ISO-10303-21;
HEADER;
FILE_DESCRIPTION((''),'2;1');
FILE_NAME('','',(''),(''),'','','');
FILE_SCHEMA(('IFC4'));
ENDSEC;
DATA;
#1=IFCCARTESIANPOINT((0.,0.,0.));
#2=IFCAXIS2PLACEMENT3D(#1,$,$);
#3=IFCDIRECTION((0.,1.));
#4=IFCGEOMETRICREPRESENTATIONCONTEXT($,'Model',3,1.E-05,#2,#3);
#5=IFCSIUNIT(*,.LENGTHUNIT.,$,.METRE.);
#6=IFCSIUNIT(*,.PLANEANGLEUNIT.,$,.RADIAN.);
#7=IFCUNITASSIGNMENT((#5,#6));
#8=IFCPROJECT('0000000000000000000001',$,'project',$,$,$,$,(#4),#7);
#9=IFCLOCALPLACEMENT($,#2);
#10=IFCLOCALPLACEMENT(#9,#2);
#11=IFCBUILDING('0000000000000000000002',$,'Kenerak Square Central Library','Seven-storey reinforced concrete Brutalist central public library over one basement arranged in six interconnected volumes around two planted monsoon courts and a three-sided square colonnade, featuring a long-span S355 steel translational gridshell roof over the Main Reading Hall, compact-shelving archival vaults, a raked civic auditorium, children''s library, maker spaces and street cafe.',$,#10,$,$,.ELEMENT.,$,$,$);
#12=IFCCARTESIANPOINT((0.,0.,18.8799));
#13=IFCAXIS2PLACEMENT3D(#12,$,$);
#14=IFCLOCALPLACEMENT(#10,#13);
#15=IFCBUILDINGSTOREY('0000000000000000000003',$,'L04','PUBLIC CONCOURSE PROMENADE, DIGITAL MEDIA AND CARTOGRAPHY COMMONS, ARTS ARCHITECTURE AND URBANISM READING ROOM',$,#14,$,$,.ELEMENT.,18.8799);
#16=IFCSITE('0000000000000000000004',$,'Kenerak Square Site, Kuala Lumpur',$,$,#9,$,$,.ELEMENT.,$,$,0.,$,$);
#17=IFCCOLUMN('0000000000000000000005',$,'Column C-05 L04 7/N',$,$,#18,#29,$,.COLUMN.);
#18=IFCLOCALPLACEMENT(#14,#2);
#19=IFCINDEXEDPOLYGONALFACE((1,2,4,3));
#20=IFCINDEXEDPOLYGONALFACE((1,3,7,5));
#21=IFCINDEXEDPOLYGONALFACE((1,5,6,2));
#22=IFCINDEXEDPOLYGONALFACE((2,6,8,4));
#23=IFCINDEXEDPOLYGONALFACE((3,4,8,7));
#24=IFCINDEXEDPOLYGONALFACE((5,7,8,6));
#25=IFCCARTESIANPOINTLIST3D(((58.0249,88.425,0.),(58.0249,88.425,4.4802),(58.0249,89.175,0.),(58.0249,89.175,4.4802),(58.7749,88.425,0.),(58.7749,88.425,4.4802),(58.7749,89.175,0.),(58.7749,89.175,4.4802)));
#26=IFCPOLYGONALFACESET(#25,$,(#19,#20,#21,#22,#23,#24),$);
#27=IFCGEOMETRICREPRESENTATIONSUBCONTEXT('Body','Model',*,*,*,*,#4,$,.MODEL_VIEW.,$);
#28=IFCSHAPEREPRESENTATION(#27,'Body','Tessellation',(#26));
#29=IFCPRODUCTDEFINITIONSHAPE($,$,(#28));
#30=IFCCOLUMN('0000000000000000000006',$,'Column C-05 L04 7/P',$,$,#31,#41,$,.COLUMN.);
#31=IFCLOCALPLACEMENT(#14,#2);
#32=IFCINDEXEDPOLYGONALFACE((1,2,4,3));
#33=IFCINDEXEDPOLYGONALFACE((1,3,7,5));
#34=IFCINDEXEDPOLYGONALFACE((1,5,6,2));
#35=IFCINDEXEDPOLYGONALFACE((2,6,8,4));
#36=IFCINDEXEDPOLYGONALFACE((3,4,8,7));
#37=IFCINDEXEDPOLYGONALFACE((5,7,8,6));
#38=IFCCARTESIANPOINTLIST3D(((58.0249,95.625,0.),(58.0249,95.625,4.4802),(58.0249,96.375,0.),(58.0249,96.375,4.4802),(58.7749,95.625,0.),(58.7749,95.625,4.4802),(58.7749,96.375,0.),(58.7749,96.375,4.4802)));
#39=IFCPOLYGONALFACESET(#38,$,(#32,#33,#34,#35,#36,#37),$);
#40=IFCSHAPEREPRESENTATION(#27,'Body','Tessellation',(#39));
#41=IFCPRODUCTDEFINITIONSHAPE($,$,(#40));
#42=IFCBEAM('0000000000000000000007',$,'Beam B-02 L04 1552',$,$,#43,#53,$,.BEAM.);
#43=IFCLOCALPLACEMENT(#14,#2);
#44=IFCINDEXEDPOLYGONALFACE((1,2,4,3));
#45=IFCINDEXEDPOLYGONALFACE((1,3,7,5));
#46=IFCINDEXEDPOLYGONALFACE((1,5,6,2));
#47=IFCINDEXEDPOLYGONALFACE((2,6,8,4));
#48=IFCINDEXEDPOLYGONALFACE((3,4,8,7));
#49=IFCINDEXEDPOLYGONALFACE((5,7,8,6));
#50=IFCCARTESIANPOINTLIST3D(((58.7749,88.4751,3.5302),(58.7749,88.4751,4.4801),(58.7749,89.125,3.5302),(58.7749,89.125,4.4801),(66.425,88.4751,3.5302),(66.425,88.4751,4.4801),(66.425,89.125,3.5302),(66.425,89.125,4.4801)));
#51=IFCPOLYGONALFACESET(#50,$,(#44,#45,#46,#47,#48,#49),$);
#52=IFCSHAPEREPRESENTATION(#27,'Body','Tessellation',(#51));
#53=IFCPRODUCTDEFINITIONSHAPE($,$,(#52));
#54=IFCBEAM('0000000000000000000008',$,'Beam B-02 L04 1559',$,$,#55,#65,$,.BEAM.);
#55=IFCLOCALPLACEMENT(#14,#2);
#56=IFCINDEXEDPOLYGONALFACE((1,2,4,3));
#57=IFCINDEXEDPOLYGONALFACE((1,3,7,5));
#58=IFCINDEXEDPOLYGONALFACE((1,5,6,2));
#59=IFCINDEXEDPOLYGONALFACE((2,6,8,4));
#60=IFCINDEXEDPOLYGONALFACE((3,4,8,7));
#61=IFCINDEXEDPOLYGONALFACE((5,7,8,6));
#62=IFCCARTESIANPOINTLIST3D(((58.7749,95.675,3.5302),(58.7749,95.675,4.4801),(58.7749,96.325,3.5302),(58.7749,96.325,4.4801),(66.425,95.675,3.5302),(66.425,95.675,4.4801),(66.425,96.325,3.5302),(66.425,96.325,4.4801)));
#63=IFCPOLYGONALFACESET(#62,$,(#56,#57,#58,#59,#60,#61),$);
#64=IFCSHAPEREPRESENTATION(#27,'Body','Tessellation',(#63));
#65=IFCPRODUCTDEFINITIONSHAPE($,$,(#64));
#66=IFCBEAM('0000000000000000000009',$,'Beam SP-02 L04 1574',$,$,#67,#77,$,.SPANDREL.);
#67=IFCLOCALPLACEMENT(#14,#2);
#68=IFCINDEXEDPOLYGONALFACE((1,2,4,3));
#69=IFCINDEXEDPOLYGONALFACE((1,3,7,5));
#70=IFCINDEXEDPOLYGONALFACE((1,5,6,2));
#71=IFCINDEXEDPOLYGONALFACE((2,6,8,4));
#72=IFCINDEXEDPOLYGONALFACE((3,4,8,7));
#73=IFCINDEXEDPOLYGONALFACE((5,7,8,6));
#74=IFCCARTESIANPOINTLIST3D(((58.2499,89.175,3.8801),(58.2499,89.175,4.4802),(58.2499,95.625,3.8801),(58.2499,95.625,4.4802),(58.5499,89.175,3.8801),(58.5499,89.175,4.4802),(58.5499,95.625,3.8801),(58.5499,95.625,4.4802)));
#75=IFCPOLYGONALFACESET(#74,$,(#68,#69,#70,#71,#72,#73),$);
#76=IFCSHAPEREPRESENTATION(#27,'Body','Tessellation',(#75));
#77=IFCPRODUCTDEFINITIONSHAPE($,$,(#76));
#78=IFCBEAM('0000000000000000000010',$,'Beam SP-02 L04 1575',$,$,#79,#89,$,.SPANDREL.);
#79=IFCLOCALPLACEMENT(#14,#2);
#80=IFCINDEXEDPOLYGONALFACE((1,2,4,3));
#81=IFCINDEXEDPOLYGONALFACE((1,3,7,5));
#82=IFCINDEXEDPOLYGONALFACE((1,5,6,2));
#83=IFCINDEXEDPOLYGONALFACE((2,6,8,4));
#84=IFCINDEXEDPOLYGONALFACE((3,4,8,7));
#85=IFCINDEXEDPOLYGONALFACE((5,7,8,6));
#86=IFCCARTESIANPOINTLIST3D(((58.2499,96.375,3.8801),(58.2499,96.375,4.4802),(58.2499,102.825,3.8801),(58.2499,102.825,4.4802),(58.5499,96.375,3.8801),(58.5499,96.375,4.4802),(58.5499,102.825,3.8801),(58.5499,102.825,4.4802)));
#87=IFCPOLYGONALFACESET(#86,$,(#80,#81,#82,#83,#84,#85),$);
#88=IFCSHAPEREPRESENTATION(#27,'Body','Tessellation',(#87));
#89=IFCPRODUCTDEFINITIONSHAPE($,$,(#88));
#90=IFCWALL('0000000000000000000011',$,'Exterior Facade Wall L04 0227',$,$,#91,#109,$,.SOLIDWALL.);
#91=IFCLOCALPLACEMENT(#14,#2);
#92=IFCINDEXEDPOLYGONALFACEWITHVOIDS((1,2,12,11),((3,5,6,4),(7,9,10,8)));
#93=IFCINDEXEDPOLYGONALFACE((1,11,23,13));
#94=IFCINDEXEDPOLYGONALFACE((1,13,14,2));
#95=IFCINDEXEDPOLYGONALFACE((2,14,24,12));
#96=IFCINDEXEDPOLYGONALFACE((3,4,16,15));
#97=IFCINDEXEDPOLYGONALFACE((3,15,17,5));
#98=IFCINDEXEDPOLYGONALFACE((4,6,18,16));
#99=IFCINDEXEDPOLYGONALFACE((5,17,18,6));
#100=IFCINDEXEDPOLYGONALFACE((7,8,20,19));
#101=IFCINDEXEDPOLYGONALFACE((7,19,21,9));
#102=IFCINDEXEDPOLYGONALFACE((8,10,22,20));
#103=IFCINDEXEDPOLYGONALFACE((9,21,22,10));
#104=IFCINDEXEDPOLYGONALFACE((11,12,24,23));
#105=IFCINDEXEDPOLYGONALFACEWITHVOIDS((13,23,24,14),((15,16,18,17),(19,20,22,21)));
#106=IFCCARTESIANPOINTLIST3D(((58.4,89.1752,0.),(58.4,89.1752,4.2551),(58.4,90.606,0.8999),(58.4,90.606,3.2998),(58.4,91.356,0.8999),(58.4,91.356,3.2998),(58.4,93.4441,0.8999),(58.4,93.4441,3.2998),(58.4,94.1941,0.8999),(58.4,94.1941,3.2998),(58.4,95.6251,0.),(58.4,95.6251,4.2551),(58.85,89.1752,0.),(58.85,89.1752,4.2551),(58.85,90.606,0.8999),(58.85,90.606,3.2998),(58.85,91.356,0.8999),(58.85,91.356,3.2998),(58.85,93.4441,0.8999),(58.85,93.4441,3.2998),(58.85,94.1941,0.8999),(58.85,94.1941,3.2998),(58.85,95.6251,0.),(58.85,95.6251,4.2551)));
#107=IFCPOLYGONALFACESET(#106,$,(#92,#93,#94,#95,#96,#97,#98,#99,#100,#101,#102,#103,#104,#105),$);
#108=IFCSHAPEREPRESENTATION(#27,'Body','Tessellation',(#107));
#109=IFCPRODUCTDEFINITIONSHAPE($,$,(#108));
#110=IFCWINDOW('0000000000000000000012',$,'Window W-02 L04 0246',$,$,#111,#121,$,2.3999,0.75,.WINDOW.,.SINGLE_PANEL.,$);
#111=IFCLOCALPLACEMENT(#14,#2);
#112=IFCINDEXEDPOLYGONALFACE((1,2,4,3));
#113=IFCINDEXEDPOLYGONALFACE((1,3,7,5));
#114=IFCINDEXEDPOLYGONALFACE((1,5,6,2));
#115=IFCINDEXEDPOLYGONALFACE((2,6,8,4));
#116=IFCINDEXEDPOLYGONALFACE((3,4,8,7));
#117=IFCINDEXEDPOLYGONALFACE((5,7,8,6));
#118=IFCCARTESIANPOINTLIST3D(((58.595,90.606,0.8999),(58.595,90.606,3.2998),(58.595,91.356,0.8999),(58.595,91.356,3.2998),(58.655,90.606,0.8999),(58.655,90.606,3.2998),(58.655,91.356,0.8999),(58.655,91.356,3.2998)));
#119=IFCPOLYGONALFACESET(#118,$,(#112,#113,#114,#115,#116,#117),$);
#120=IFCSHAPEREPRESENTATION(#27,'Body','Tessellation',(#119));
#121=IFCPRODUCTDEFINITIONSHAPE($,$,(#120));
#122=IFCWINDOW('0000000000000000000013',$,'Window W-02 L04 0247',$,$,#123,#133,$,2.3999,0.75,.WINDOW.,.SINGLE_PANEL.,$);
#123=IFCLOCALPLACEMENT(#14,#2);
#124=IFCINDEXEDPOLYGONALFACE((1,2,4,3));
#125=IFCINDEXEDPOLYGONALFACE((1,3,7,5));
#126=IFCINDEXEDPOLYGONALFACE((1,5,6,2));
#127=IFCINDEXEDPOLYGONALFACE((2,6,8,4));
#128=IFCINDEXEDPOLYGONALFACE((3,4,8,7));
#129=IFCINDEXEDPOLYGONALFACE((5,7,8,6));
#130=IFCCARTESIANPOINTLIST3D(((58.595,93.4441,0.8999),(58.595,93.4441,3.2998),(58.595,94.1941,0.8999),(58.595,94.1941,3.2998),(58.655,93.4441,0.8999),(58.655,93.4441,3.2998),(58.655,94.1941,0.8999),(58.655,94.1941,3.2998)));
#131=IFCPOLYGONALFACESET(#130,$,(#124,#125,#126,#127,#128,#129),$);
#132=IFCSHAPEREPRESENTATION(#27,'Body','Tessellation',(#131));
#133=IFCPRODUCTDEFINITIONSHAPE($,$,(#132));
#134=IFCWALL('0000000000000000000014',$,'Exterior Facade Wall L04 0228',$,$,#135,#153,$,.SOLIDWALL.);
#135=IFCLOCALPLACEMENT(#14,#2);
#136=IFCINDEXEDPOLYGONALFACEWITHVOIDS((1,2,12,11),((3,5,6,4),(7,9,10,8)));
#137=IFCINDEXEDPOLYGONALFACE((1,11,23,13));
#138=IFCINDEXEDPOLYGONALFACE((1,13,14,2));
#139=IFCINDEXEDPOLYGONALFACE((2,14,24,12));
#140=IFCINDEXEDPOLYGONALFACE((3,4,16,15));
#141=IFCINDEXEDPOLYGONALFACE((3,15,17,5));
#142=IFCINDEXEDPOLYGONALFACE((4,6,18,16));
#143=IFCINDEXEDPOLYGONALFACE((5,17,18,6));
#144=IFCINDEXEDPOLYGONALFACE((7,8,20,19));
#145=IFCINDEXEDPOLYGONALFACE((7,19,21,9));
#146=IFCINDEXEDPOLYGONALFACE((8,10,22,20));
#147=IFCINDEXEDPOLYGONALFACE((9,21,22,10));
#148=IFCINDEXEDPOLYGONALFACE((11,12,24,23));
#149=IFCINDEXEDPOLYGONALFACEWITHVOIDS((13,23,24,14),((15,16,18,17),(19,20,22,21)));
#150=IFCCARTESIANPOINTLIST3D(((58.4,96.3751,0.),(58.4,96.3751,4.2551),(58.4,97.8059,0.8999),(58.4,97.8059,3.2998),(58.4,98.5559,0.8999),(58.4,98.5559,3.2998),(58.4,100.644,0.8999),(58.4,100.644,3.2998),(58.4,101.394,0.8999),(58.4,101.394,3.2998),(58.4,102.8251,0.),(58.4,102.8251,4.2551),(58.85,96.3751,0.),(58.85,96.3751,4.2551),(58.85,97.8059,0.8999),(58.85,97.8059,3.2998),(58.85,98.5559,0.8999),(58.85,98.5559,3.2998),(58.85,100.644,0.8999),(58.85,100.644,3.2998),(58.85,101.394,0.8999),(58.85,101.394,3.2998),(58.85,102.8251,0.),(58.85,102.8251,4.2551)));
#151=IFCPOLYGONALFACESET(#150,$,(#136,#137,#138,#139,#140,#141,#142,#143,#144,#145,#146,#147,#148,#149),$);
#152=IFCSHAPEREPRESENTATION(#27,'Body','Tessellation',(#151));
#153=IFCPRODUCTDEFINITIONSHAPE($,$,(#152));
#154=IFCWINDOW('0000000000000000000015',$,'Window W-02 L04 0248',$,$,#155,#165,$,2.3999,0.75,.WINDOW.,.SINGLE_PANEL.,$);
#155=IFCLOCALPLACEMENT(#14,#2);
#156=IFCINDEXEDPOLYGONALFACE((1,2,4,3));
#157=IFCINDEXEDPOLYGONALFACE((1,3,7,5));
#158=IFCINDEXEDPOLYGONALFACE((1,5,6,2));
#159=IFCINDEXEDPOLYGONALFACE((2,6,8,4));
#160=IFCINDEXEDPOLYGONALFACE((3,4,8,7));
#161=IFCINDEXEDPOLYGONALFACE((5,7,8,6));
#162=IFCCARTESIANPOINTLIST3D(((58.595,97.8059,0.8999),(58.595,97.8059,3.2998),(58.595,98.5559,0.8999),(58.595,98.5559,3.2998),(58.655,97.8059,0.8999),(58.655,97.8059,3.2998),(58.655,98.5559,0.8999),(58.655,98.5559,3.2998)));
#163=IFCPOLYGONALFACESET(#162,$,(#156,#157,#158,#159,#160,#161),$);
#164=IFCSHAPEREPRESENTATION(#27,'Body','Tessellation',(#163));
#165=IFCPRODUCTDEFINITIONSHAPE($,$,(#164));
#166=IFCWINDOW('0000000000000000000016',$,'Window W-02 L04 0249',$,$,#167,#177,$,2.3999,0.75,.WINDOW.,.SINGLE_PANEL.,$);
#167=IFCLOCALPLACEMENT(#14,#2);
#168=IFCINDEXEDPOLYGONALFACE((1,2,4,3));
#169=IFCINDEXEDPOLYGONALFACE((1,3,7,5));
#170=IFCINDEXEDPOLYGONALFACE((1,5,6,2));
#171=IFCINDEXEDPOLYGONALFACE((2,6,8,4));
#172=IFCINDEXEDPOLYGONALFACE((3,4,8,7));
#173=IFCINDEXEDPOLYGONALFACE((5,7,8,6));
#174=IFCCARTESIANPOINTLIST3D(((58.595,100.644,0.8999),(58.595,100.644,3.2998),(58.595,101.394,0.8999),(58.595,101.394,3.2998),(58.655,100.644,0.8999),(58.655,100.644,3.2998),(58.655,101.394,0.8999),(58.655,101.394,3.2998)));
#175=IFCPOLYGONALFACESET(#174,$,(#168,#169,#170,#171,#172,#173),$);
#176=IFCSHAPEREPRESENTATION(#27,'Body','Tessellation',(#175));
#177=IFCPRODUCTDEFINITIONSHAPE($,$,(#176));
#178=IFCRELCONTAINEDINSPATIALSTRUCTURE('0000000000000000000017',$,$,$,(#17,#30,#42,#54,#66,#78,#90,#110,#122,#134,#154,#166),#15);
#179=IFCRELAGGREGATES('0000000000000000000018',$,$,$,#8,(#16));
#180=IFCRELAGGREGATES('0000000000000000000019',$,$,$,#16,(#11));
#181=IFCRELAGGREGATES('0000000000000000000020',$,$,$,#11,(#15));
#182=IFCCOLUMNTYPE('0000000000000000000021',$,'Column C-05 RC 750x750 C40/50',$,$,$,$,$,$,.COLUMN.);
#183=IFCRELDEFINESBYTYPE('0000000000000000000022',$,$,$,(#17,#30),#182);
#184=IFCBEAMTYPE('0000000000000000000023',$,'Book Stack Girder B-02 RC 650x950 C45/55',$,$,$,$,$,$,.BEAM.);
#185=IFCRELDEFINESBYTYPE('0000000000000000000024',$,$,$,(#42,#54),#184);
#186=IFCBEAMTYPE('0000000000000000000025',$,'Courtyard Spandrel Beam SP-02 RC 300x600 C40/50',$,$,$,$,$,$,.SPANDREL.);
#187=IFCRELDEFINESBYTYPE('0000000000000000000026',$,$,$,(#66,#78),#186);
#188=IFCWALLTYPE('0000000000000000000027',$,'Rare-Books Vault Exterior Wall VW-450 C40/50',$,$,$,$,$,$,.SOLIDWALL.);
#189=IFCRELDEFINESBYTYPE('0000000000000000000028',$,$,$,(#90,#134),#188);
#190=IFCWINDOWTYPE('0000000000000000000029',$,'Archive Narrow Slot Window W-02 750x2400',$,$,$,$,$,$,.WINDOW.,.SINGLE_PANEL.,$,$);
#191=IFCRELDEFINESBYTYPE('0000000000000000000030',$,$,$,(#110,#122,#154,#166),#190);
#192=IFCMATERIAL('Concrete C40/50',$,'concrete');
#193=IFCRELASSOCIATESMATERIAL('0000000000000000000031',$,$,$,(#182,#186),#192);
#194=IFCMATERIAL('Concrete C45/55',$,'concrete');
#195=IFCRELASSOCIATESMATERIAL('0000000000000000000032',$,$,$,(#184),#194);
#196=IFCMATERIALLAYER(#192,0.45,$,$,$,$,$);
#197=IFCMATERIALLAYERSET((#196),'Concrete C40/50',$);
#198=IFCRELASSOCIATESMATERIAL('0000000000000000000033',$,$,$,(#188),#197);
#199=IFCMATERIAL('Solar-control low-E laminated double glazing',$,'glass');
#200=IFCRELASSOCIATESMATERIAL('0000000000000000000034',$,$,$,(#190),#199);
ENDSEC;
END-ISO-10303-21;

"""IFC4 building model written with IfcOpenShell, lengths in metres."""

from ifc_helpers import new_model, si_unit, direction, frame, frame_2d, origin, origin_2d, place, context, subcontext, project, spatial, rectangle, extrude, material, layer, layer_set, material_profile, profile_set, type_object, element, fill, save


model = new_model("IFC4")

# Units and contexts
model_context = context("Model", 3, precision=1e-05, world=origin(), true_north=direction((0.0, 1.0)))
body_context = subcontext(model_context, "Body", "Model", "MODEL_VIEW")
ifc_project = project(units=[si_unit("LENGTHUNIT", "METRE"), si_unit("PLANEANGLEUNIT", "RADIAN")], contexts=[model_context])

# Site, building, storey
site_placement = place(None, origin())
site = spatial("IfcSite", under=ifc_project, at=site_placement, Name="Kenerak Square Site, Kuala Lumpur", CompositionType="ELEMENT", RefElevation=0.0)
building_placement = place(site_placement, origin())
building = spatial("IfcBuilding", under=site, at=building_placement, Name="Kenerak Square Central Library", Description="Seven-storey reinforced concrete Brutalist central public library over one basement arranged in six interconnected volumes around two planted monsoon courts and a three-sided square colonnade, featuring a long-span S355 steel translational gridshell roof over the Main Reading Hall, compact-shelving archival vaults, a raked civic auditorium, children's library, maker spaces and street cafe.", CompositionType="ELEMENT")
storey_placement = place(building_placement, frame((0.0, 0.0, 18.8799)))
storey = spatial("IfcBuildingStorey", under=building, at=storey_placement, Name="L04", Description="PUBLIC CONCOURSE PROMENADE, DIGITAL MEDIA AND CARTOGRAPHY COMMONS, ARTS ARCHITECTURE AND URBANISM READING ROOM", CompositionType="ELEMENT", Elevation=18.8799)

# Columns
ifc_material_1 = material(Name="Concrete C40/50", Category="concrete")
ifc_material_profile_1 = material_profile(ifc_material_1, rectangle(XDim=0.75, YDim=0.75, at=origin_2d()), Name="RC 750x750")
ifc_profile_set_1 = profile_set([ifc_material_profile_1], Name="Concrete C40/50")
column_type = type_object("IfcColumnType", Name="Column C-05 RC 750x750 C40/50", PredefinedType="COLUMN", material=ifc_profile_set_1)
for number, where, z_axis, x_axis, name in (
    (1, (58.3999, 88.8, 0.0), (0.0, 0.0, 1.0), (1.0, 0.0, 0.0), "Column C-05 L04 7/N"),
    (2, (58.3999, 96.0, 0.0), (0.0, 0.0, 1.0), (1.0, 0.0, 0.0), "Column C-05 L04 7/P"),
):
    element("IfcColumn", number, at=place(storey_placement, frame(where, z_axis=z_axis, x_axis=x_axis)), inside=storey, type_object=column_type, Name=name, PredefinedType="COLUMN", context=body_context, shape_type="SweptSolid", body=[
        extrude(rectangle(XDim=0.75, YDim=0.75, at=origin_2d()), origin(), (0.0, 0.0, 1.0), 4.4802),
    ])

# Beams
ifc_material_2 = material(Name="Concrete C45/55", Category="concrete")
ifc_material_profile_2 = material_profile(ifc_material_2, rectangle(XDim=0.6499, YDim=0.95, at=origin_2d()), Name="RC 650x950")
ifc_profile_set_2 = profile_set([ifc_material_profile_2], Name="Concrete C45/55")
beam_type_1 = type_object("IfcBeamType", Name="Book Stack Girder B-02 RC 650x950 C45/55", PredefinedType="BEAM", material=ifc_profile_set_2)
for number, where, z_axis, x_axis, name in (
    (3, (58.7749, 88.8, 4.0051), (1.0, 0.0, 0.0), (0.0, 1.0, 0.0), "Beam B-02 L04 1552"),
    (4, (58.7749, 96.0, 4.0051), (1.0, 0.0, 0.0), (0.0, 1.0, 0.0), "Beam B-02 L04 1559"),
):
    element("IfcBeam", number, at=place(storey_placement, frame(where, z_axis=z_axis, x_axis=x_axis)), inside=storey, type_object=beam_type_1, Name=name, PredefinedType="BEAM", context=body_context, shape_type="SweptSolid", body=[
        extrude(rectangle(XDim=0.6499, YDim=0.95, at=origin_2d()), origin(), (0.0, 0.0, 1.0), 7.6501),
    ])
ifc_material_profile_3 = material_profile(ifc_material_1, rectangle(XDim=0.3, YDim=0.6001, at=origin_2d()), Name="RC 300x600")
ifc_profile_set_3 = profile_set([ifc_material_profile_3], Name="Concrete C40/50")
beam_type_2 = type_object("IfcBeamType", Name="Courtyard Spandrel Beam SP-02 RC 300x600 C40/50", PredefinedType="SPANDREL", material=ifc_profile_set_3)
for number, where, z_axis, x_axis, name in (
    (5, (58.3999, 89.175, 4.1802), (0.0, 1.0, 0.0), (-1.0, 0.0, 0.0), "Beam SP-02 L04 1574"),
    (6, (58.3999, 96.375, 4.1802), (0.0, 1.0, 0.0), (-1.0, 0.0, 0.0), "Beam SP-02 L04 1575"),
):
    element("IfcBeam", number, at=place(storey_placement, frame(where, z_axis=z_axis, x_axis=x_axis)), inside=storey, type_object=beam_type_2, Name=name, PredefinedType="SPANDREL", context=body_context, shape_type="SweptSolid", body=[
        extrude(rectangle(XDim=0.3, YDim=0.6001, at=origin_2d()), origin(), (0.0, 0.0, 1.0), 6.45),
    ])

# Walls, openings, windows
ifc_layer_1 = layer(ifc_material_1, 0.45)
ifc_layer_set_1 = layer_set([ifc_layer_1], Name="Concrete C40/50")
wall_type_1 = type_object("IfcWallType", Name="Rare-Books Vault Exterior Wall VW-450 C40/50", PredefinedType="SOLIDWALL", material=ifc_layer_set_1)
wall_1_placement = place(storey_placement, frame((58.625, 89.175, 0.0), z_axis=(0.0, 0.0, 1.0), x_axis=(0.0, 1.0, 0.0)))
wall_1 = element("IfcWall", 7, at=wall_1_placement, inside=storey, type_object=wall_type_1, Name="Exterior Facade Wall L04 0227", PredefinedType="SOLIDWALL", context=body_context, shape_type="SweptSolid", body=[
    extrude(rectangle(XDim=6.45, YDim=0.45, at=frame_2d((3.2251, 0.0))), origin(), (0.0, 0.0, 1.0), 4.2551),
])
opening_1_placement = place(wall_1_placement, frame((1.4309, 0.0, 0.8999)))
opening_1 = element("IfcOpeningElement", 8, at=opening_1_placement, cuts=wall_1, PredefinedType="OPENING", context=body_context, shape_type="SweptSolid", body=[
    extrude(rectangle(XDim=0.75, YDim=2.3999, at=frame_2d((0.375, 1.2))), frame((0.0, 0.2349, 0.0), z_axis=(0.0, -1.0, 0.0), x_axis=(1.0, 0.0, 0.0)), (0.0, 0.0, 1.0), 0.47),
])
opening_2_placement = place(wall_1_placement, frame((4.269, 0.0, 0.8999)))
opening_2 = element("IfcOpeningElement", 9, at=opening_2_placement, cuts=wall_1, PredefinedType="OPENING", context=body_context, shape_type="SweptSolid", body=[
    extrude(rectangle(XDim=0.75, YDim=2.3999, at=frame_2d((0.375, 1.2))), frame((0.0, 0.2349, 0.0), z_axis=(0.0, -1.0, 0.0), x_axis=(1.0, 0.0, 0.0)), (0.0, 0.0, 1.0), 0.47),
])
ifc_material_3 = material(Name="Solar-control low-E laminated double glazing", Category="glass")
window_type = type_object("IfcWindowType", Name="Archive Narrow Slot Window W-02 750x2400", PartitioningType="SINGLE_PANEL", PredefinedType="WINDOW", material=ifc_material_3)
window_1_placement = place(opening_1_placement, origin())
window_1 = element("IfcWindow", 10, at=window_1_placement, inside=storey, type_object=window_type, Name="Window W-02 L04 0246", OverallHeight=2.3999, OverallWidth=0.75, PartitioningType="SINGLE_PANEL", PredefinedType="WINDOW", context=body_context, shape_type="SweptSolid", body=[
    extrude(rectangle(XDim=0.75, YDim=2.3999, at=frame_2d((0.375, 1.2))), frame((0.0, 0.03, 0.0), z_axis=(0.0, -1.0, 0.0), x_axis=(1.0, 0.0, 0.0)), (0.0, 0.0, 1.0), 0.0601),
])
fill(opening_1, window_1)
window_2_placement = place(opening_2_placement, origin())
window_2 = element("IfcWindow", 11, at=window_2_placement, inside=storey, type_object=window_type, Name="Window W-02 L04 0247", OverallHeight=2.3999, OverallWidth=0.75, PartitioningType="SINGLE_PANEL", PredefinedType="WINDOW", context=body_context, shape_type="SweptSolid", body=[
    extrude(rectangle(XDim=0.75, YDim=2.3999, at=frame_2d((0.375, 1.2))), frame((0.0, 0.03, 0.0), z_axis=(0.0, -1.0, 0.0), x_axis=(1.0, 0.0, 0.0)), (0.0, 0.0, 1.0), 0.0601),
])
fill(opening_2, window_2)
wall_2_placement = place(storey_placement, frame((58.625, 96.375, 0.0), z_axis=(0.0, 0.0, 1.0), x_axis=(0.0, 1.0, 0.0)))
wall_2 = element("IfcWall", 12, at=wall_2_placement, inside=storey, type_object=wall_type_1, Name="Exterior Facade Wall L04 0228", PredefinedType="SOLIDWALL", context=body_context, shape_type="SweptSolid", body=[
    extrude(rectangle(XDim=6.45, YDim=0.45, at=frame_2d((3.2251, 0.0))), origin(), (0.0, 0.0, 1.0), 4.2551),
])
opening_3_placement = place(wall_2_placement, frame((1.4309, 0.0, 0.8999)))
opening_3 = element("IfcOpeningElement", 13, at=opening_3_placement, cuts=wall_2, PredefinedType="OPENING", context=body_context, shape_type="SweptSolid", body=[
    extrude(rectangle(XDim=0.75, YDim=2.3999, at=frame_2d((0.375, 1.2))), frame((0.0, 0.2349, 0.0), z_axis=(0.0, -1.0, 0.0), x_axis=(1.0, 0.0, 0.0)), (0.0, 0.0, 1.0), 0.47),
])
opening_4_placement = place(wall_2_placement, frame((4.269, 0.0, 0.8999)))
opening_4 = element("IfcOpeningElement", 14, at=opening_4_placement, cuts=wall_2, PredefinedType="OPENING", context=body_context, shape_type="SweptSolid", body=[
    extrude(rectangle(XDim=0.75, YDim=2.3999, at=frame_2d((0.375, 1.2))), frame((0.0, 0.2349, 0.0), z_axis=(0.0, -1.0, 0.0), x_axis=(1.0, 0.0, 0.0)), (0.0, 0.0, 1.0), 0.47),
])
window_3_placement = place(opening_3_placement, origin())
window_3 = element("IfcWindow", 15, at=window_3_placement, inside=storey, type_object=window_type, Name="Window W-02 L04 0248", OverallHeight=2.3999, OverallWidth=0.75, PartitioningType="SINGLE_PANEL", PredefinedType="WINDOW", context=body_context, shape_type="SweptSolid", body=[
    extrude(rectangle(XDim=0.75, YDim=2.3999, at=frame_2d((0.375, 1.2))), frame((0.0, 0.03, 0.0), z_axis=(0.0, -1.0, 0.0), x_axis=(1.0, 0.0, 0.0)), (0.0, 0.0, 1.0), 0.0601),
])
fill(opening_3, window_3)
window_4_placement = place(opening_4_placement, origin())
window_4 = element("IfcWindow", 16, at=window_4_placement, inside=storey, type_object=window_type, Name="Window W-02 L04 0249", OverallHeight=2.3999, OverallWidth=0.75, PartitioningType="SINGLE_PANEL", PredefinedType="WINDOW", context=body_context, shape_type="SweptSolid", body=[
    extrude(rectangle(XDim=0.75, YDim=2.3999, at=frame_2d((0.375, 1.2))), frame((0.0, 0.03, 0.0), z_axis=(0.0, -1.0, 0.0), x_axis=(1.0, 0.0, 0.0)), (0.0, 0.0, 1.0), 0.0601),
])
fill(opening_4, window_4)

save(model, "model.ifc")
